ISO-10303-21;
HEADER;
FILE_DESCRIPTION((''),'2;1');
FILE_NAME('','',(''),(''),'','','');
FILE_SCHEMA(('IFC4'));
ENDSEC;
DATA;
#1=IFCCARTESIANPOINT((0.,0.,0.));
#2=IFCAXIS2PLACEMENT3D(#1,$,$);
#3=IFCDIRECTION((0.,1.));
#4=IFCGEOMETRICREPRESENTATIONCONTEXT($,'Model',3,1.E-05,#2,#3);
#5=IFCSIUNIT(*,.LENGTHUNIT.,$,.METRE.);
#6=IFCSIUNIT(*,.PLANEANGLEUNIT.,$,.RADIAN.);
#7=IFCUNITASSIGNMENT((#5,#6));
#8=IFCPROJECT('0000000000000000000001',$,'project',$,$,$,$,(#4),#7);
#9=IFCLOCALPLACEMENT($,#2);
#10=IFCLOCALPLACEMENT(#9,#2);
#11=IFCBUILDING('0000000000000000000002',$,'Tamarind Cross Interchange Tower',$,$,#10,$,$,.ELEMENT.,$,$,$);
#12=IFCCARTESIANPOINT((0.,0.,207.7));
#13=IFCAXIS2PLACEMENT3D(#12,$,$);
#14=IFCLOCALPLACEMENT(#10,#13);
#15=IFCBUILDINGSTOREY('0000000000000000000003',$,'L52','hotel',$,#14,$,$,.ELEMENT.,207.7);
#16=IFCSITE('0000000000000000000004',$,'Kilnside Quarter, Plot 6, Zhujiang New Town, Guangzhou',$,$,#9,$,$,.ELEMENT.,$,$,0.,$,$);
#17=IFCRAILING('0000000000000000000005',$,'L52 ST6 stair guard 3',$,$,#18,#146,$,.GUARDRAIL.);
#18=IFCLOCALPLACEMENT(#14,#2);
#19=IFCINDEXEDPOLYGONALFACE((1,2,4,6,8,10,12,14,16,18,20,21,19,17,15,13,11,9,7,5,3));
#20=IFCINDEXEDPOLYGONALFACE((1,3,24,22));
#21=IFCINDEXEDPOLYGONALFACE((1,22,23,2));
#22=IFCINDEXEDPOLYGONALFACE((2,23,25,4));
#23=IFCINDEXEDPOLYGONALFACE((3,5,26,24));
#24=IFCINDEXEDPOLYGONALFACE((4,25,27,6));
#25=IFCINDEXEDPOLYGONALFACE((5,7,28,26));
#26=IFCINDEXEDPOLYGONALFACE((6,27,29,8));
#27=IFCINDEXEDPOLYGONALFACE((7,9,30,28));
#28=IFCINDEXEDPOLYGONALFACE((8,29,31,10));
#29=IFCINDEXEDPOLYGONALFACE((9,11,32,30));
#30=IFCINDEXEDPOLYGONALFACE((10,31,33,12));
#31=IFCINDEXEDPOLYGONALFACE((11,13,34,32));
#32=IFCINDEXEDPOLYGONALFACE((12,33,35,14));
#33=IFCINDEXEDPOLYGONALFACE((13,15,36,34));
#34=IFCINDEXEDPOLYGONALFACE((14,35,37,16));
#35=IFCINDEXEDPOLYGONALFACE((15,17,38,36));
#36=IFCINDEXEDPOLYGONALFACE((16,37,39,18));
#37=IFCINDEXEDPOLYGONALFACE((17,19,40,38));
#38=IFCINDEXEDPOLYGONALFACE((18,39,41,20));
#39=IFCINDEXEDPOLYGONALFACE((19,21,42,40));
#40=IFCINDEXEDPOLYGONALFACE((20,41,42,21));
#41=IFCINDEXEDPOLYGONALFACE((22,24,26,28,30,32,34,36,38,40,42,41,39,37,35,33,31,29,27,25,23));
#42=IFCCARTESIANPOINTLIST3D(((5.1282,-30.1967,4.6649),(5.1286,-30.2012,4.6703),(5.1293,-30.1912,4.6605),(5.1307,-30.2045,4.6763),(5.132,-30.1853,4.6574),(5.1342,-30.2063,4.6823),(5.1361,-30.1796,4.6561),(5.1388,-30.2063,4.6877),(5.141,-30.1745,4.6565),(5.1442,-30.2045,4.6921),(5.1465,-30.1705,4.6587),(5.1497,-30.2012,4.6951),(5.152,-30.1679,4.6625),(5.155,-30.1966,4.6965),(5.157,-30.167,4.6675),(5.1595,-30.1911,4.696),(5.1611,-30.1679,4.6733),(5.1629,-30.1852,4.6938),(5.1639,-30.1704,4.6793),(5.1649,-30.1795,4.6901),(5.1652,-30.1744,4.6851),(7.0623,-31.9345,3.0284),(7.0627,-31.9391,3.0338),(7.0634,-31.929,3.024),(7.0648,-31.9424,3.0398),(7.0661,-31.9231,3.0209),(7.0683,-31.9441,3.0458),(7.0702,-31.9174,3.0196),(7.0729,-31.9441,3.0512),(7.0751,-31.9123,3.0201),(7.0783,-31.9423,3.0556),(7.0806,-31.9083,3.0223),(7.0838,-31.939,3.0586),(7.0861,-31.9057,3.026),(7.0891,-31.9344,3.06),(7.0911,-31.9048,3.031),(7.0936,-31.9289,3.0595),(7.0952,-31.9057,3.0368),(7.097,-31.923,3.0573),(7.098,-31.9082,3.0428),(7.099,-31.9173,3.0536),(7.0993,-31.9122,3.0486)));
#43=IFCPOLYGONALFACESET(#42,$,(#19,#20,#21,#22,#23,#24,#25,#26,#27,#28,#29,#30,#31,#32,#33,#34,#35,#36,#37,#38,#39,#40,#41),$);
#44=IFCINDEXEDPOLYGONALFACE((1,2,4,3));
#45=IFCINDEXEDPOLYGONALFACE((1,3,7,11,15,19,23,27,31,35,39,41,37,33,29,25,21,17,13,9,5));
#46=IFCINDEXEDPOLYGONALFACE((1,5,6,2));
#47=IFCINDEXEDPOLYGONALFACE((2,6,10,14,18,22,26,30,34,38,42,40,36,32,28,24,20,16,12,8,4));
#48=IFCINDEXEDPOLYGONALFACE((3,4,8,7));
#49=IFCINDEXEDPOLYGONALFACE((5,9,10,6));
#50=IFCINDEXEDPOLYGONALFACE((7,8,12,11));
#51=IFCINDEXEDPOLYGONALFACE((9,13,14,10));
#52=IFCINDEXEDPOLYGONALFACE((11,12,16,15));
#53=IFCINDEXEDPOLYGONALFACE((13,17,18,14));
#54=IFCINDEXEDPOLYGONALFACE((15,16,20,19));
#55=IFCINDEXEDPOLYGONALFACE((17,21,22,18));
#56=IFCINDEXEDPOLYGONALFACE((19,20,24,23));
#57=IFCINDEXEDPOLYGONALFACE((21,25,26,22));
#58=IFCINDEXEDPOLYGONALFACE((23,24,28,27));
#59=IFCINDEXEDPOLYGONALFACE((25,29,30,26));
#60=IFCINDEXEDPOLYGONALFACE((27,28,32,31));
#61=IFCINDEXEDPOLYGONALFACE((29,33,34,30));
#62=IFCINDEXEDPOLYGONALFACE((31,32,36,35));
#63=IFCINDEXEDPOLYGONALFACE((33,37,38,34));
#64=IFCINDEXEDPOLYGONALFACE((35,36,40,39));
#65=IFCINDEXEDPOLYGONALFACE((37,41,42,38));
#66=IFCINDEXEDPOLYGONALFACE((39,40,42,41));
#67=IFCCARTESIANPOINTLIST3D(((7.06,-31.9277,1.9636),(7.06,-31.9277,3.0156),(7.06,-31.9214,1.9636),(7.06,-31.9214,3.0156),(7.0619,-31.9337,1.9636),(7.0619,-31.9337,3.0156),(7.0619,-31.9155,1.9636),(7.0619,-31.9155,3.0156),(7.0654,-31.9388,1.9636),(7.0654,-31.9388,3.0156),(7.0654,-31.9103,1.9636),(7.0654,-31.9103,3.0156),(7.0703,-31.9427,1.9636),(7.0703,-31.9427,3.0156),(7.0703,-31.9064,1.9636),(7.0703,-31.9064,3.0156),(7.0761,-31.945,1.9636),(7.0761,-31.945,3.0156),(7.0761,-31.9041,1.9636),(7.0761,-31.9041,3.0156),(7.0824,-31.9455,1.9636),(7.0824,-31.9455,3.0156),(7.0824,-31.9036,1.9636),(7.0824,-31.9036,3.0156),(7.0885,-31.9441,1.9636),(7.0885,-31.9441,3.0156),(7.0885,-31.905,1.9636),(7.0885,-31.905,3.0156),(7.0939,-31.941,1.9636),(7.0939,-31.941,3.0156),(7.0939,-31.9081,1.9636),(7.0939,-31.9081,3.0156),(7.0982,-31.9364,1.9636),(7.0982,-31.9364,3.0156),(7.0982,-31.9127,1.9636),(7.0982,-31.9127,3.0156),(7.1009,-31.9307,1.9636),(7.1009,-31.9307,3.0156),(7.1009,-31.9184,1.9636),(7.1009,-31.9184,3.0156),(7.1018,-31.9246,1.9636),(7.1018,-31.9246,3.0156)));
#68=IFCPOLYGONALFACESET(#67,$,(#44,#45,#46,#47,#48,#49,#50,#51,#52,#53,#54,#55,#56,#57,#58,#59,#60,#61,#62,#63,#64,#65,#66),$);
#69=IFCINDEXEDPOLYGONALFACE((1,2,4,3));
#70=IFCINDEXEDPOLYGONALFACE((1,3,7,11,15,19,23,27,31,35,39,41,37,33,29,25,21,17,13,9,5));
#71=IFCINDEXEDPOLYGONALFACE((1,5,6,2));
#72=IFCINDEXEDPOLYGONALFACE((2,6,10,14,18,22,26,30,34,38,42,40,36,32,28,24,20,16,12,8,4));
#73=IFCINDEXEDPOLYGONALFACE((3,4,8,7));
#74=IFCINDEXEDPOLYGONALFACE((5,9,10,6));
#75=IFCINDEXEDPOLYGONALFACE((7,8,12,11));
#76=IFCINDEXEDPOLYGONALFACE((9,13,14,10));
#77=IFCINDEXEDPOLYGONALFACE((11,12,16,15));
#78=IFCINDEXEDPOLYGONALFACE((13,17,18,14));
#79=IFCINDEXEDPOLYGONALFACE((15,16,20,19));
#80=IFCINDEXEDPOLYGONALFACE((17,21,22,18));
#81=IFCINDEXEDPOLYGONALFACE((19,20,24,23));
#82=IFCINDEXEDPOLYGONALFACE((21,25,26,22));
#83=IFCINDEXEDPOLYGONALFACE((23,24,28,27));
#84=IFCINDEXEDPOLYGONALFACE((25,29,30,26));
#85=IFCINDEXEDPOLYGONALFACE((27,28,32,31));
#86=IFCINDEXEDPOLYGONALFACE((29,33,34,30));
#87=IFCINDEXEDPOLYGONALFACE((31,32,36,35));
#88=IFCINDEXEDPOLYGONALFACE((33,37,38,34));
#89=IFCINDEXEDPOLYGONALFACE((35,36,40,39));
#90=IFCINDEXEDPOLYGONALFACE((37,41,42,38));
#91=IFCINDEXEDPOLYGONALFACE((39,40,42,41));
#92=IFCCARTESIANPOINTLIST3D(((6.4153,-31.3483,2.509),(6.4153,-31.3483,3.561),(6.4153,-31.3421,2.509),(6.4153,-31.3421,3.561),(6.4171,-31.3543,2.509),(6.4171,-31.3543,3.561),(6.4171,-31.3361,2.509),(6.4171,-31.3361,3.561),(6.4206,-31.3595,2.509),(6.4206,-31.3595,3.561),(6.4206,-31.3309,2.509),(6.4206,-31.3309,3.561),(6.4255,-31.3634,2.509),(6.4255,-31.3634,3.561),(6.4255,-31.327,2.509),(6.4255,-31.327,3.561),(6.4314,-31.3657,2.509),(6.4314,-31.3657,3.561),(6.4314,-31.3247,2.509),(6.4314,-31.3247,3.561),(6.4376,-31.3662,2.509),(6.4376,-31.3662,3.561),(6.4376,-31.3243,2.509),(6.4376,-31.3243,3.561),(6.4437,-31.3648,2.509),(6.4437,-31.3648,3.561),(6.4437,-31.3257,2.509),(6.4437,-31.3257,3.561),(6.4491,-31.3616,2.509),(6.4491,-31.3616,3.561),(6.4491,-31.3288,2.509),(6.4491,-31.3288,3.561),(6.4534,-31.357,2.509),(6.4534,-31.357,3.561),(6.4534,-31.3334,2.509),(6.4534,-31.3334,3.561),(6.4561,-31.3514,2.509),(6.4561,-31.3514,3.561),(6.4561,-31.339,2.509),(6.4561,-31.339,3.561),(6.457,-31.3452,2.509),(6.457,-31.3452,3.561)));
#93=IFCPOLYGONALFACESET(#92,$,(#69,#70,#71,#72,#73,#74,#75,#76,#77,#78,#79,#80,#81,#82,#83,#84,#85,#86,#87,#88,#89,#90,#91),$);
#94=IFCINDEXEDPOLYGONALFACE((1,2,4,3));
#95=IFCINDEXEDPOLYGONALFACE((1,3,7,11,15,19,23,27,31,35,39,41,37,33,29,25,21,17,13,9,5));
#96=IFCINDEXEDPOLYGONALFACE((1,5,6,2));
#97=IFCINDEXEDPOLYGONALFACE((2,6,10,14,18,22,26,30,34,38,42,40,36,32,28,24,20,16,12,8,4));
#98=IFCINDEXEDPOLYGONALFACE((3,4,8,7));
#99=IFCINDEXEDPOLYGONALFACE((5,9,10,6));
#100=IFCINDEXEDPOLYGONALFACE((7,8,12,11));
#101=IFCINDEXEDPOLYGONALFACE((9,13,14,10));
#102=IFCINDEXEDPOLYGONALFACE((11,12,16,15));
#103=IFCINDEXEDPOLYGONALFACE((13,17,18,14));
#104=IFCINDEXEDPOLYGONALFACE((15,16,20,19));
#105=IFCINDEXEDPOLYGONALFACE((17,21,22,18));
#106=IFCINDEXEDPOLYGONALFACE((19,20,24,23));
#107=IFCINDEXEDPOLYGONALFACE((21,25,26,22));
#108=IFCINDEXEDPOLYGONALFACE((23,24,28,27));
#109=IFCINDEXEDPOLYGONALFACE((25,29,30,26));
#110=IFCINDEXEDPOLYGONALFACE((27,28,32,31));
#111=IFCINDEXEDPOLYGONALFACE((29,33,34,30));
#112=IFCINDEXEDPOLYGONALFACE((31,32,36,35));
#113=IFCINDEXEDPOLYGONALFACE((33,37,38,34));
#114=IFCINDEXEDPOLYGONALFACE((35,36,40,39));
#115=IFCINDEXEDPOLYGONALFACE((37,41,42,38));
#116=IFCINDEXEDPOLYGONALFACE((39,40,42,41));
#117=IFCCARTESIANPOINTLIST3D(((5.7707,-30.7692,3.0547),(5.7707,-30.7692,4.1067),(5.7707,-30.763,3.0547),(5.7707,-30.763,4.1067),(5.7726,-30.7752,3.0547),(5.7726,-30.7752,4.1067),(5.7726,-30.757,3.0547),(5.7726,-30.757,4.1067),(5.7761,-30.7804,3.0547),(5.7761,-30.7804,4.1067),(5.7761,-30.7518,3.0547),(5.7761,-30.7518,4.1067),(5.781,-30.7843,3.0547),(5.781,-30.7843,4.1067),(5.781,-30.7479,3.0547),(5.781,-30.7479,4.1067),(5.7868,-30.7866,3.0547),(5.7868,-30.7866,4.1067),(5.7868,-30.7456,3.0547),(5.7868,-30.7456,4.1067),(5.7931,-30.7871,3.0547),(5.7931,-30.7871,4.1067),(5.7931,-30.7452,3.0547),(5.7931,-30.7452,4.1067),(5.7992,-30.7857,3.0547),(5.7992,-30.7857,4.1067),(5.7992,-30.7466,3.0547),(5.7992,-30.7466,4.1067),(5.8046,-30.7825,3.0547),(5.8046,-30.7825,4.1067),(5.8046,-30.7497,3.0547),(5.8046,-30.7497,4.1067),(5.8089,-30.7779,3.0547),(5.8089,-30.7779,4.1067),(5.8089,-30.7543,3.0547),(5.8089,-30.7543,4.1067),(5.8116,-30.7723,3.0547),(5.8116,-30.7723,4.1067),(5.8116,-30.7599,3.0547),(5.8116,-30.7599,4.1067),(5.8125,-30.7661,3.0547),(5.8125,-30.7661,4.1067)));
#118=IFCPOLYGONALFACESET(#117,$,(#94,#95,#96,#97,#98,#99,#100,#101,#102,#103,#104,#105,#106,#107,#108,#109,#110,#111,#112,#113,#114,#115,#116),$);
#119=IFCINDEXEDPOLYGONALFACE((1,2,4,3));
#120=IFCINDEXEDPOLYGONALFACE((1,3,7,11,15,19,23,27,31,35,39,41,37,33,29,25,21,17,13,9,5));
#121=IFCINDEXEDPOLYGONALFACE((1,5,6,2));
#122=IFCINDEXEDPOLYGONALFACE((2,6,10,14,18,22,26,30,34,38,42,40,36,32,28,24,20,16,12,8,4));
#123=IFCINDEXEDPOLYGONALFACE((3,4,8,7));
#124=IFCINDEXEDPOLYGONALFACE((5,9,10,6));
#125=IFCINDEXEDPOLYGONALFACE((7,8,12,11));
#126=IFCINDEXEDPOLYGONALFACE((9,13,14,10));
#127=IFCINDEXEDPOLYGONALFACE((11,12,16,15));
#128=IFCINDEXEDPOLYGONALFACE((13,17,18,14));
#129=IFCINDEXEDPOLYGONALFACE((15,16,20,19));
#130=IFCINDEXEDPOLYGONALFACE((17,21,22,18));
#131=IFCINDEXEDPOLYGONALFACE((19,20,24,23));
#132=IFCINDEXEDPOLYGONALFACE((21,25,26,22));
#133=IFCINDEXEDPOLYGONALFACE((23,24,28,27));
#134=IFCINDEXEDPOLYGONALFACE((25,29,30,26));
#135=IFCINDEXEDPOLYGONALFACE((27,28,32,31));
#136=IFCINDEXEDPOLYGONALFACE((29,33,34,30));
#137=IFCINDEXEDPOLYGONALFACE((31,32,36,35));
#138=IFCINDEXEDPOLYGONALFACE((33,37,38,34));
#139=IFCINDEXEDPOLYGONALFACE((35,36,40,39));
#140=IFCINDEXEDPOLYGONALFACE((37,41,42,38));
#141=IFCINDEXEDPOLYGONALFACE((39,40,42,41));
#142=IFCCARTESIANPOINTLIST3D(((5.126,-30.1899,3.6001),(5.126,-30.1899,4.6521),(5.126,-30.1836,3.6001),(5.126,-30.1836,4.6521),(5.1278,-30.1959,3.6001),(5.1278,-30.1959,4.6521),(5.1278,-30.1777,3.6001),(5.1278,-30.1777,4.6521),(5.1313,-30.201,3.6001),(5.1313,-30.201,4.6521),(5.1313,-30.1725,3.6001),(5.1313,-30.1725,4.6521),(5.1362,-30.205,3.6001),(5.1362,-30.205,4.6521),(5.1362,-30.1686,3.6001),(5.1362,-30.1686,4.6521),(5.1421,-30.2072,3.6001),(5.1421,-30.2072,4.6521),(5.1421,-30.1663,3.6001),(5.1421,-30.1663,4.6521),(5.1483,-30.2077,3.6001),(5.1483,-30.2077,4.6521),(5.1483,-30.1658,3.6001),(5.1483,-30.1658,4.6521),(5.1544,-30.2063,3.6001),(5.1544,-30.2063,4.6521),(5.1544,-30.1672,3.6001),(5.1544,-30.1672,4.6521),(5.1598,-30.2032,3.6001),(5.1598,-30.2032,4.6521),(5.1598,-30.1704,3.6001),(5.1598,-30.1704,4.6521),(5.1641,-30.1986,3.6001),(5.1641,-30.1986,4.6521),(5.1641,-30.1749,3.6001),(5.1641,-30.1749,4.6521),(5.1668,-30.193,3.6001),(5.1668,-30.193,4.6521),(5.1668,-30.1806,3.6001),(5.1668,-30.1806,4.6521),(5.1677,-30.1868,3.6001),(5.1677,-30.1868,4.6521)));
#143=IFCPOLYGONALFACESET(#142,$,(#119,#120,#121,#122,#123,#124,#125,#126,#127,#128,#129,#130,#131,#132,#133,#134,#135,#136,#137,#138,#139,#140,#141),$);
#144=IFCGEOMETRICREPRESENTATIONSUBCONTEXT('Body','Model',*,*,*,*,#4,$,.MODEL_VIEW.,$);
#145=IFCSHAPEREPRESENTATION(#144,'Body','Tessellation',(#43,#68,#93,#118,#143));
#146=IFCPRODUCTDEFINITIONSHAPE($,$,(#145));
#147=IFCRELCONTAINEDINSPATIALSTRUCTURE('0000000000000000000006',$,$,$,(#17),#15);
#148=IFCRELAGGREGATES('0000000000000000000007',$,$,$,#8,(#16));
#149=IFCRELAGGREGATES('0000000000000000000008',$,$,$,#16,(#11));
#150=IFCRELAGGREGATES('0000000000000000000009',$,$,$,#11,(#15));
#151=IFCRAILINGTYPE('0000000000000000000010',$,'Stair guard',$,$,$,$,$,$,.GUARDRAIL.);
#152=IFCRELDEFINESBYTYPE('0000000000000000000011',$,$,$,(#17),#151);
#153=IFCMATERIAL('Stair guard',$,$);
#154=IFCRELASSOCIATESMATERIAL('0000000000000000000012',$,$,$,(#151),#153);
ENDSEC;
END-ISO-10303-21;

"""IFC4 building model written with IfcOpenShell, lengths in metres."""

from ifc_helpers import new_model, si_unit, direction, frame, origin, origin_2d, place, context, subcontext, project, spatial, circle, extrude, material, type_object, element, save


model = new_model("IFC4")

# Units and contexts
model_context = context("Model", 3, precision=1e-05, world=origin(), true_north=direction((0.0, 1.0)))
body_context = subcontext(model_context, "Body", "Model", "MODEL_VIEW")
ifc_project = project(units=[si_unit("LENGTHUNIT", "METRE"), si_unit("PLANEANGLEUNIT", "RADIAN")], contexts=[model_context])

# Site, building, storey
site_placement = place(None, origin())
site = spatial("IfcSite", under=ifc_project, at=site_placement, Name="Kilnside Quarter, Plot 6, Zhujiang New Town, Guangzhou", CompositionType="ELEMENT", RefElevation=0.0)
building_placement = place(site_placement, origin())
building = spatial("IfcBuilding", under=site, at=building_placement, Name="Tamarind Cross Interchange Tower", CompositionType="ELEMENT")
storey_placement = place(building_placement, frame((0.0, 0.0, 207.7)))
storey = spatial("IfcBuildingStorey", under=building, at=storey_placement, Name="L52", Description="hotel", CompositionType="ELEMENT", Elevation=207.7)

# Railing
ifc_material_1 = material(Name="Stair guard")
railing_type_1 = type_object("IfcRailingType", Name="Stair guard", PredefinedType="GUARDRAIL", material=ifc_material_1)
railing_1_placement = place(storey_placement, frame((7.0808, -31.9246, 1.9636)))
element("IfcRailing", 1, at=railing_1_placement, inside=storey, type_object=railing_type_1, Name="L52 ST6 stair guard 3", PredefinedType="GUARDRAIL", context=body_context, shape_type="SweptSolid", body=[
    extrude(circle(Radius=0.0239, at=origin_2d()), frame((0.0, 0.0, 1.0762), z_axis=(-0.629535, 0.565644, 0.532665), x_axis=(-0.668352, -0.743845, 0.0)), (0.0, 0.0, 1.0), 3.0723),
    extrude(circle(Radius=0.021, at=origin_2d()), origin(), (0.0, 0.0, 1.0), 1.052),
    extrude(circle(Radius=0.021, at=origin_2d()), frame((-0.6448, 0.5793, 0.5454)), (0.0, 0.0, 1.0), 1.052),
    extrude(circle(Radius=0.021, at=origin_2d()), frame((-1.2893, 1.1584, 1.0911)), (0.0, 0.0, 1.0), 1.052),
    extrude(circle(Radius=0.021, at=origin_2d()), frame((-1.9341, 1.7378, 1.6365)), (0.0, 0.0, 1.0), 1.052),
])

save(model, "model.ifc")
